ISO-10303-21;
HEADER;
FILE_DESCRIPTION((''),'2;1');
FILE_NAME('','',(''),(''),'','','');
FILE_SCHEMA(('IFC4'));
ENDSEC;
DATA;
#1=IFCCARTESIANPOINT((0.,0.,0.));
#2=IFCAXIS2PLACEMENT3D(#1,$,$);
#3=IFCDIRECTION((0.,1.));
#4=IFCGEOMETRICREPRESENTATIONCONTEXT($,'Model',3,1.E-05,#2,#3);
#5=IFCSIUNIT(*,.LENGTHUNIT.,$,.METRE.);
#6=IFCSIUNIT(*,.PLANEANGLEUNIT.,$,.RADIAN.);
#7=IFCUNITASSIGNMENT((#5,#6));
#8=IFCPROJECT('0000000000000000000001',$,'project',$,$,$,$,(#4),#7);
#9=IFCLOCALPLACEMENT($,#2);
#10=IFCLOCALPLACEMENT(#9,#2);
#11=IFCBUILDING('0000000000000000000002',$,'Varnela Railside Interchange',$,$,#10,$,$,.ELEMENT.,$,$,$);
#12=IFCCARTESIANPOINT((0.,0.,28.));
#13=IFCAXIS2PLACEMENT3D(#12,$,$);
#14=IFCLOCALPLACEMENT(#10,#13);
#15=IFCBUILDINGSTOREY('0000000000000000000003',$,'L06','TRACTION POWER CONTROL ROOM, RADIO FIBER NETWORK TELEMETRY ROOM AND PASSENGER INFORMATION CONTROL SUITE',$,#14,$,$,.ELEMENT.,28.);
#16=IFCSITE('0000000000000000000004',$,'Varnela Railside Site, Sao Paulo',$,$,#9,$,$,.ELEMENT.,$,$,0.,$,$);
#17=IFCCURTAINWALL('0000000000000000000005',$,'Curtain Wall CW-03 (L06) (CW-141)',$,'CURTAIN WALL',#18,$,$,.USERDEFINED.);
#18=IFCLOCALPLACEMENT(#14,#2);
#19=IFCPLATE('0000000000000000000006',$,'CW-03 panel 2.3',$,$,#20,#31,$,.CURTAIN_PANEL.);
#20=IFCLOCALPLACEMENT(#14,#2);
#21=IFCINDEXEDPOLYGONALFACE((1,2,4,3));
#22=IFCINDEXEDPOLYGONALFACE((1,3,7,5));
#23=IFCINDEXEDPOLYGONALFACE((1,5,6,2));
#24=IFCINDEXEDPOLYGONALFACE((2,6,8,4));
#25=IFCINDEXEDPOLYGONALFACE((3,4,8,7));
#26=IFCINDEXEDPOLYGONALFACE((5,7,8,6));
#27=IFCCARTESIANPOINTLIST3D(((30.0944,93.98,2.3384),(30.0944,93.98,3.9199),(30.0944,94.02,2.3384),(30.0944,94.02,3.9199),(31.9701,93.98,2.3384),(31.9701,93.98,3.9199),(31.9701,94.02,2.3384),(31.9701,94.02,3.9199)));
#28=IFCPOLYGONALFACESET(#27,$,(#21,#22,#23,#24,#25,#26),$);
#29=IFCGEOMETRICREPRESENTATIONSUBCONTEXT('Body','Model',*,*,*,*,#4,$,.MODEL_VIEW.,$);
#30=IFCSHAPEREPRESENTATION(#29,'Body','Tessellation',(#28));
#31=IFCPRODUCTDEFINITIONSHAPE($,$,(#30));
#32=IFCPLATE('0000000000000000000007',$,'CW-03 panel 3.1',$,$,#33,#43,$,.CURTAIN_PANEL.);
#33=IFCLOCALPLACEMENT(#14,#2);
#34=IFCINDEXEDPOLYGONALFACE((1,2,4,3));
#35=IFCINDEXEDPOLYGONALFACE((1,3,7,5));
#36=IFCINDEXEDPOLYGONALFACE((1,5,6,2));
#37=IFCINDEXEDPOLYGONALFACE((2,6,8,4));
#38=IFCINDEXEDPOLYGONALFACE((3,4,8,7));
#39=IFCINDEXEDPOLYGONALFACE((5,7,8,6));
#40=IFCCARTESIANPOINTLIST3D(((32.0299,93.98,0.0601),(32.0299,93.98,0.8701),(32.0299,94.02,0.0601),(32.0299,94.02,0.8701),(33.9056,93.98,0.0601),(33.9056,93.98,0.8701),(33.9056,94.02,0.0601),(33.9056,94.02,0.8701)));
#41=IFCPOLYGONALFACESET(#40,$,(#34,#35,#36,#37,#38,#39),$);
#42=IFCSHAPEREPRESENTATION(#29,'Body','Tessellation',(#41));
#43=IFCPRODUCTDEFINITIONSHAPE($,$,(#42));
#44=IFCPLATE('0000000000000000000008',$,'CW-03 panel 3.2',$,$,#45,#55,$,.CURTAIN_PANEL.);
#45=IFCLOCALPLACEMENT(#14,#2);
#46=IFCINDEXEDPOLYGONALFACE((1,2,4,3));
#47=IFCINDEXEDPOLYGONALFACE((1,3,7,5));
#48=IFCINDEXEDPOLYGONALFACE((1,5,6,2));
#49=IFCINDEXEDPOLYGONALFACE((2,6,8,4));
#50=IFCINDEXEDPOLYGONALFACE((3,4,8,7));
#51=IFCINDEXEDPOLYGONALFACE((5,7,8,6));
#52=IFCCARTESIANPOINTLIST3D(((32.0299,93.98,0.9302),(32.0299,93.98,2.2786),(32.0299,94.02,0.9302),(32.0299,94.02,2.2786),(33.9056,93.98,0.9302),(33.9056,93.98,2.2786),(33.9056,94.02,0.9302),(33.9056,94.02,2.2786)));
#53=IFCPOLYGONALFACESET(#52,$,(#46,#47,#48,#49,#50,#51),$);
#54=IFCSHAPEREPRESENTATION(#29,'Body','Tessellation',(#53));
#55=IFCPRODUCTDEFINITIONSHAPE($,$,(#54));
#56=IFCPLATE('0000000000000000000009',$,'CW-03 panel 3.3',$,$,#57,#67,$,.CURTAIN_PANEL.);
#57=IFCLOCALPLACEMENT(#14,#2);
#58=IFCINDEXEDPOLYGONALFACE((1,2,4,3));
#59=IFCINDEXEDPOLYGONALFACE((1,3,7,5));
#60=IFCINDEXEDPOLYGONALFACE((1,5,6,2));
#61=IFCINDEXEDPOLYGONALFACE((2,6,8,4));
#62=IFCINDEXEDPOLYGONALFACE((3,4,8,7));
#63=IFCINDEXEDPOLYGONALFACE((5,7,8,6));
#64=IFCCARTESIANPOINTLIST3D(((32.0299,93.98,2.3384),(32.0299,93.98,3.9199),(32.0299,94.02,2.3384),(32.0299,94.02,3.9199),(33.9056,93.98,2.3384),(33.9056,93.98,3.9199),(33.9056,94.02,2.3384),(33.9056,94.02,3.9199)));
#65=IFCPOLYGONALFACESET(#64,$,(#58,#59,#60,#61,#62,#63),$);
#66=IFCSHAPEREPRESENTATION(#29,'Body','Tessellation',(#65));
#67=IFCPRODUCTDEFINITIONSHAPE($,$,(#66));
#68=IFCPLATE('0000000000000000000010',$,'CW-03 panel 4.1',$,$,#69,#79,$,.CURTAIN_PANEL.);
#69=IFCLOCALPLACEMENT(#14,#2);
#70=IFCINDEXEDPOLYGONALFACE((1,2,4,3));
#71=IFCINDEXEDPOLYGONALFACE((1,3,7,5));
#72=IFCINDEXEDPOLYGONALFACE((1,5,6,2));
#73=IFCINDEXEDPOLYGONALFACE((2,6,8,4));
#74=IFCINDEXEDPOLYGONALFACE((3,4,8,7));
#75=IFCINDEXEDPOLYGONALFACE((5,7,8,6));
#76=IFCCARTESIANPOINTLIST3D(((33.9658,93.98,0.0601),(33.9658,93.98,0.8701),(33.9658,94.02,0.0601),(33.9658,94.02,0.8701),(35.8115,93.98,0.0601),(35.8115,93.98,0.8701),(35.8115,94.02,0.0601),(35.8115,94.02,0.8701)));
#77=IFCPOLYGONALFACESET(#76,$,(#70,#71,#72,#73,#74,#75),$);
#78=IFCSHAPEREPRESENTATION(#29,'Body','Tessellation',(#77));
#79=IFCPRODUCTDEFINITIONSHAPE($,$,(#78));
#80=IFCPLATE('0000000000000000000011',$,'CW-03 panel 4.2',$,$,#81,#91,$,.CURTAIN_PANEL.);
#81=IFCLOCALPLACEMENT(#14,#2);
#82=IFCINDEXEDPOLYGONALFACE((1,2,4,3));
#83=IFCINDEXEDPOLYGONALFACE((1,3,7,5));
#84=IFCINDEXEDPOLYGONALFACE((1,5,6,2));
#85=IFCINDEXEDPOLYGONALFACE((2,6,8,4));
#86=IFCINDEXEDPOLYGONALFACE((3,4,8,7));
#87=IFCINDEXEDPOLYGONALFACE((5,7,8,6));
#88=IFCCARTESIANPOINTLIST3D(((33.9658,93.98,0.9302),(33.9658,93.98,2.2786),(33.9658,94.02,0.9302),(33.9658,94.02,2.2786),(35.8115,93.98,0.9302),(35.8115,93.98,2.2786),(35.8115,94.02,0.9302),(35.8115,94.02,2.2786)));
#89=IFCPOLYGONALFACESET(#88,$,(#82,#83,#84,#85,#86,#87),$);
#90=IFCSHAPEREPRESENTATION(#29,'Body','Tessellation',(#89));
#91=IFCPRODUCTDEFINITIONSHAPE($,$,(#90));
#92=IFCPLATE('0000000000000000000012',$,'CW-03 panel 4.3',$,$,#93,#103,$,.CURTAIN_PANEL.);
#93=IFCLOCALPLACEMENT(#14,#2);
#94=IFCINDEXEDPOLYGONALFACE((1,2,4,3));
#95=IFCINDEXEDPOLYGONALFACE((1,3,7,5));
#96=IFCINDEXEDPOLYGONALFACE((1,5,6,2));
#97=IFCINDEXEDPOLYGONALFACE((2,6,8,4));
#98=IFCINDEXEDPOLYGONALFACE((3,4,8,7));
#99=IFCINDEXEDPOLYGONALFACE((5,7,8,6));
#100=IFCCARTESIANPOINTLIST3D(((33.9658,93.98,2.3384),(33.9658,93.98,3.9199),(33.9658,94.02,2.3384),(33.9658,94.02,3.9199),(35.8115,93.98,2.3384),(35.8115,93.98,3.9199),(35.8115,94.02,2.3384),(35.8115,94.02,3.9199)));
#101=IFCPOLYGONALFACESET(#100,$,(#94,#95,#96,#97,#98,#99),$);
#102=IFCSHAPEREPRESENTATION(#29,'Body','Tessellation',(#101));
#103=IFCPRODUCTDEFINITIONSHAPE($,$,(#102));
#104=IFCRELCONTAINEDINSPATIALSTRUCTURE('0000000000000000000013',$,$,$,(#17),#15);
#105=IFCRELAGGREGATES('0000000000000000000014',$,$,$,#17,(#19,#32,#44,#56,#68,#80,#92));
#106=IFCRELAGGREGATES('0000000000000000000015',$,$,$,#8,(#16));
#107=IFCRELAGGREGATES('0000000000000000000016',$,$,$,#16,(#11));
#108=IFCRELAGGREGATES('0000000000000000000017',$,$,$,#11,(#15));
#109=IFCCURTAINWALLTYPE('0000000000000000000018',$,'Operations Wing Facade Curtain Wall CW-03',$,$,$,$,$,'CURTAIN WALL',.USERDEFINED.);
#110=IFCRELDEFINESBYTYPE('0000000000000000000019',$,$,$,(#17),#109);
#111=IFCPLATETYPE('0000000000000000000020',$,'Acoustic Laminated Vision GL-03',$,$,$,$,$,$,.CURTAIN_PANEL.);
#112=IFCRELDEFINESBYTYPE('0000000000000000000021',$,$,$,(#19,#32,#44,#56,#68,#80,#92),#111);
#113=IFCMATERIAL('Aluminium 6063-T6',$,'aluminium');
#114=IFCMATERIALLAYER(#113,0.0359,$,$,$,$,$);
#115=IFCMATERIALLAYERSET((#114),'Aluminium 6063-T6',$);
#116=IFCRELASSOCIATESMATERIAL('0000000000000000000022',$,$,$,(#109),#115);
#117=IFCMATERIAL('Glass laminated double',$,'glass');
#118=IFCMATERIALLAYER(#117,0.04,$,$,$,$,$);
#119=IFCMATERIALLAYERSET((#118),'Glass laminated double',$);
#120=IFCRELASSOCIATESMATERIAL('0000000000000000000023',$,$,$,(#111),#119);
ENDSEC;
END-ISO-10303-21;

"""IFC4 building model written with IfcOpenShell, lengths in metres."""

from ifc_helpers import new_model, si_unit, direction, frame, origin, origin_2d, place, context, subcontext, project, spatial, rectangle, extrude, material, layer, layer_set, type_object, element, aggregate, save


model = new_model("IFC4")

# Units and contexts
model_context = context("Model", 3, precision=1e-05, world=origin(), true_north=direction((0.0, 1.0)))
body_context = subcontext(model_context, "Body", "Model", "MODEL_VIEW")
ifc_project = project(units=[si_unit("LENGTHUNIT", "METRE"), si_unit("PLANEANGLEUNIT", "RADIAN")], contexts=[model_context])

# Site, building, storey
site_placement = place(None, origin())
site = spatial("IfcSite", under=ifc_project, at=site_placement, Name="Varnela Railside Site, Sao Paulo", CompositionType="ELEMENT", RefElevation=0.0)
building_placement = place(site_placement, origin())
building = spatial("IfcBuilding", under=site, at=building_placement, Name="Varnela Railside Interchange", CompositionType="ELEMENT")
storey_placement = place(building_placement, frame((0.0, 0.0, 28.0)))
storey = spatial("IfcBuildingStorey", under=building, at=storey_placement, Name="L06", Description="TRACTION POWER CONTROL ROOM, RADIO FIBER NETWORK TELEMETRY ROOM AND PASSENGER INFORMATION CONTROL SUITE", CompositionType="ELEMENT", Elevation=28.0)

# Curtain wall, plates
ifc_material_1 = material(Name="Aluminium 6063-T6", Category="aluminium")
ifc_layer_1 = layer(ifc_material_1, 0.0359)
ifc_layer_set_1 = layer_set([ifc_layer_1], Name="Aluminium 6063-T6")
curtain_wall_type = type_object("IfcCurtainWallType", Name="Operations Wing Facade Curtain Wall CW-03", ElementType="CURTAIN WALL", PredefinedType="USERDEFINED", material=ifc_layer_set_1)
curtain_wall_placement = place(storey_placement, origin())
curtain_wall = element("IfcCurtainWall", 1, at=curtain_wall_placement, inside=storey, type_object=curtain_wall_type, Name="Curtain Wall CW-03 (L06) (CW-141)", ObjectType="CURTAIN WALL", PredefinedType="USERDEFINED")
ifc_material_2 = material(Name="Glass laminated double", Category="glass")
ifc_layer_2 = layer(ifc_material_2, 0.04)
ifc_layer_set_2 = layer_set([ifc_layer_2], Name="Glass laminated double")
plate_type = type_object("IfcPlateType", Name="Acoustic Laminated Vision GL-03", PredefinedType="CURTAIN_PANEL", material=ifc_layer_set_2)
plate_1_placement = place(storey_placement, frame((31.0322, 94.0, 2.3384), z_axis=(0.0, 0.0, 1.0), x_axis=(1.0, 0.0, 0.0)))
plate_1 = element("IfcPlate", 2, at=plate_1_placement, type_object=plate_type, Name="CW-03 panel 2.3", PredefinedType="CURTAIN_PANEL", context=body_context, shape_type="SweptSolid", body=[
    extrude(rectangle(XDim=1.8757, YDim=0.04, at=origin_2d()), origin(), (0.0, 0.0, 1.0), 1.5815),
])
plate_2_placement = place(storey_placement, frame((32.9678, 94.0, 0.0601), z_axis=(0.0, 0.0, 1.0), x_axis=(1.0, 0.0, 0.0)))
plate_2 = element("IfcPlate", 3, at=plate_2_placement, type_object=plate_type, Name="CW-03 panel 3.1", PredefinedType="CURTAIN_PANEL", context=body_context, shape_type="SweptSolid", body=[
    extrude(rectangle(XDim=1.8757, YDim=0.04, at=origin_2d()), origin(), (0.0, 0.0, 1.0), 0.8101),
])
plate_3_placement = place(storey_placement, frame((32.9678, 94.0, 0.9302), z_axis=(0.0, 0.0, 1.0), x_axis=(1.0, 0.0, 0.0)))
plate_3 = element("IfcPlate", 4, at=plate_3_placement, type_object=plate_type, Name="CW-03 panel 3.2", PredefinedType="CURTAIN_PANEL", context=body_context, shape_type="SweptSolid", body=[
    extrude(rectangle(XDim=1.8757, YDim=0.04, at=origin_2d()), origin(), (0.0, 0.0, 1.0), 1.3484),
])
plate_4_placement = place(storey_placement, frame((32.9678, 94.0, 2.3384), z_axis=(0.0, 0.0, 1.0), x_axis=(1.0, 0.0, 0.0)))
plate_4 = element("IfcPlate", 5, at=plate_4_placement, type_object=plate_type, Name="CW-03 panel 3.3", PredefinedType="CURTAIN_PANEL", context=body_context, shape_type="SweptSolid", body=[
    extrude(rectangle(XDim=1.8757, YDim=0.04, at=origin_2d()), origin(), (0.0, 0.0, 1.0), 1.5815),
])
plate_5_placement = place(storey_placement, frame((34.8887, 94.0, 0.0601), z_axis=(0.0, 0.0, 1.0), x_axis=(1.0, 0.0, 0.0)))
plate_5 = element("IfcPlate", 6, at=plate_5_placement, type_object=plate_type, Name="CW-03 panel 4.1", PredefinedType="CURTAIN_PANEL", context=body_context, shape_type="SweptSolid", body=[
    extrude(rectangle(XDim=1.8457, YDim=0.04, at=origin_2d()), origin(), (0.0, 0.0, 1.0), 0.8101),
])
plate_6_placement = place(storey_placement, frame((34.8887, 94.0, 0.9302), z_axis=(0.0, 0.0, 1.0), x_axis=(1.0, 0.0, 0.0)))
plate_6 = element("IfcPlate", 7, at=plate_6_placement, type_object=plate_type, Name="CW-03 panel 4.2", PredefinedType="CURTAIN_PANEL", context=body_context, shape_type="SweptSolid", body=[
    extrude(rectangle(XDim=1.8457, YDim=0.04, at=origin_2d()), origin(), (0.0, 0.0, 1.0), 1.3484),
])
plate_7_placement = place(storey_placement, frame((34.8887, 94.0, 2.3384), z_axis=(0.0, 0.0, 1.0), x_axis=(1.0, 0.0, 0.0)))
plate_7 = element("IfcPlate", 8, at=plate_7_placement, type_object=plate_type, Name="CW-03 panel 4.3", PredefinedType="CURTAIN_PANEL", context=body_context, shape_type="SweptSolid", body=[
    extrude(rectangle(XDim=1.8457, YDim=0.04, at=origin_2d()), origin(), (0.0, 0.0, 1.0), 1.5815),
])
aggregate(curtain_wall, [plate_1, plate_2, plate_3, plate_4, plate_5, plate_6, plate_7])

save(model, "model.ifc")
